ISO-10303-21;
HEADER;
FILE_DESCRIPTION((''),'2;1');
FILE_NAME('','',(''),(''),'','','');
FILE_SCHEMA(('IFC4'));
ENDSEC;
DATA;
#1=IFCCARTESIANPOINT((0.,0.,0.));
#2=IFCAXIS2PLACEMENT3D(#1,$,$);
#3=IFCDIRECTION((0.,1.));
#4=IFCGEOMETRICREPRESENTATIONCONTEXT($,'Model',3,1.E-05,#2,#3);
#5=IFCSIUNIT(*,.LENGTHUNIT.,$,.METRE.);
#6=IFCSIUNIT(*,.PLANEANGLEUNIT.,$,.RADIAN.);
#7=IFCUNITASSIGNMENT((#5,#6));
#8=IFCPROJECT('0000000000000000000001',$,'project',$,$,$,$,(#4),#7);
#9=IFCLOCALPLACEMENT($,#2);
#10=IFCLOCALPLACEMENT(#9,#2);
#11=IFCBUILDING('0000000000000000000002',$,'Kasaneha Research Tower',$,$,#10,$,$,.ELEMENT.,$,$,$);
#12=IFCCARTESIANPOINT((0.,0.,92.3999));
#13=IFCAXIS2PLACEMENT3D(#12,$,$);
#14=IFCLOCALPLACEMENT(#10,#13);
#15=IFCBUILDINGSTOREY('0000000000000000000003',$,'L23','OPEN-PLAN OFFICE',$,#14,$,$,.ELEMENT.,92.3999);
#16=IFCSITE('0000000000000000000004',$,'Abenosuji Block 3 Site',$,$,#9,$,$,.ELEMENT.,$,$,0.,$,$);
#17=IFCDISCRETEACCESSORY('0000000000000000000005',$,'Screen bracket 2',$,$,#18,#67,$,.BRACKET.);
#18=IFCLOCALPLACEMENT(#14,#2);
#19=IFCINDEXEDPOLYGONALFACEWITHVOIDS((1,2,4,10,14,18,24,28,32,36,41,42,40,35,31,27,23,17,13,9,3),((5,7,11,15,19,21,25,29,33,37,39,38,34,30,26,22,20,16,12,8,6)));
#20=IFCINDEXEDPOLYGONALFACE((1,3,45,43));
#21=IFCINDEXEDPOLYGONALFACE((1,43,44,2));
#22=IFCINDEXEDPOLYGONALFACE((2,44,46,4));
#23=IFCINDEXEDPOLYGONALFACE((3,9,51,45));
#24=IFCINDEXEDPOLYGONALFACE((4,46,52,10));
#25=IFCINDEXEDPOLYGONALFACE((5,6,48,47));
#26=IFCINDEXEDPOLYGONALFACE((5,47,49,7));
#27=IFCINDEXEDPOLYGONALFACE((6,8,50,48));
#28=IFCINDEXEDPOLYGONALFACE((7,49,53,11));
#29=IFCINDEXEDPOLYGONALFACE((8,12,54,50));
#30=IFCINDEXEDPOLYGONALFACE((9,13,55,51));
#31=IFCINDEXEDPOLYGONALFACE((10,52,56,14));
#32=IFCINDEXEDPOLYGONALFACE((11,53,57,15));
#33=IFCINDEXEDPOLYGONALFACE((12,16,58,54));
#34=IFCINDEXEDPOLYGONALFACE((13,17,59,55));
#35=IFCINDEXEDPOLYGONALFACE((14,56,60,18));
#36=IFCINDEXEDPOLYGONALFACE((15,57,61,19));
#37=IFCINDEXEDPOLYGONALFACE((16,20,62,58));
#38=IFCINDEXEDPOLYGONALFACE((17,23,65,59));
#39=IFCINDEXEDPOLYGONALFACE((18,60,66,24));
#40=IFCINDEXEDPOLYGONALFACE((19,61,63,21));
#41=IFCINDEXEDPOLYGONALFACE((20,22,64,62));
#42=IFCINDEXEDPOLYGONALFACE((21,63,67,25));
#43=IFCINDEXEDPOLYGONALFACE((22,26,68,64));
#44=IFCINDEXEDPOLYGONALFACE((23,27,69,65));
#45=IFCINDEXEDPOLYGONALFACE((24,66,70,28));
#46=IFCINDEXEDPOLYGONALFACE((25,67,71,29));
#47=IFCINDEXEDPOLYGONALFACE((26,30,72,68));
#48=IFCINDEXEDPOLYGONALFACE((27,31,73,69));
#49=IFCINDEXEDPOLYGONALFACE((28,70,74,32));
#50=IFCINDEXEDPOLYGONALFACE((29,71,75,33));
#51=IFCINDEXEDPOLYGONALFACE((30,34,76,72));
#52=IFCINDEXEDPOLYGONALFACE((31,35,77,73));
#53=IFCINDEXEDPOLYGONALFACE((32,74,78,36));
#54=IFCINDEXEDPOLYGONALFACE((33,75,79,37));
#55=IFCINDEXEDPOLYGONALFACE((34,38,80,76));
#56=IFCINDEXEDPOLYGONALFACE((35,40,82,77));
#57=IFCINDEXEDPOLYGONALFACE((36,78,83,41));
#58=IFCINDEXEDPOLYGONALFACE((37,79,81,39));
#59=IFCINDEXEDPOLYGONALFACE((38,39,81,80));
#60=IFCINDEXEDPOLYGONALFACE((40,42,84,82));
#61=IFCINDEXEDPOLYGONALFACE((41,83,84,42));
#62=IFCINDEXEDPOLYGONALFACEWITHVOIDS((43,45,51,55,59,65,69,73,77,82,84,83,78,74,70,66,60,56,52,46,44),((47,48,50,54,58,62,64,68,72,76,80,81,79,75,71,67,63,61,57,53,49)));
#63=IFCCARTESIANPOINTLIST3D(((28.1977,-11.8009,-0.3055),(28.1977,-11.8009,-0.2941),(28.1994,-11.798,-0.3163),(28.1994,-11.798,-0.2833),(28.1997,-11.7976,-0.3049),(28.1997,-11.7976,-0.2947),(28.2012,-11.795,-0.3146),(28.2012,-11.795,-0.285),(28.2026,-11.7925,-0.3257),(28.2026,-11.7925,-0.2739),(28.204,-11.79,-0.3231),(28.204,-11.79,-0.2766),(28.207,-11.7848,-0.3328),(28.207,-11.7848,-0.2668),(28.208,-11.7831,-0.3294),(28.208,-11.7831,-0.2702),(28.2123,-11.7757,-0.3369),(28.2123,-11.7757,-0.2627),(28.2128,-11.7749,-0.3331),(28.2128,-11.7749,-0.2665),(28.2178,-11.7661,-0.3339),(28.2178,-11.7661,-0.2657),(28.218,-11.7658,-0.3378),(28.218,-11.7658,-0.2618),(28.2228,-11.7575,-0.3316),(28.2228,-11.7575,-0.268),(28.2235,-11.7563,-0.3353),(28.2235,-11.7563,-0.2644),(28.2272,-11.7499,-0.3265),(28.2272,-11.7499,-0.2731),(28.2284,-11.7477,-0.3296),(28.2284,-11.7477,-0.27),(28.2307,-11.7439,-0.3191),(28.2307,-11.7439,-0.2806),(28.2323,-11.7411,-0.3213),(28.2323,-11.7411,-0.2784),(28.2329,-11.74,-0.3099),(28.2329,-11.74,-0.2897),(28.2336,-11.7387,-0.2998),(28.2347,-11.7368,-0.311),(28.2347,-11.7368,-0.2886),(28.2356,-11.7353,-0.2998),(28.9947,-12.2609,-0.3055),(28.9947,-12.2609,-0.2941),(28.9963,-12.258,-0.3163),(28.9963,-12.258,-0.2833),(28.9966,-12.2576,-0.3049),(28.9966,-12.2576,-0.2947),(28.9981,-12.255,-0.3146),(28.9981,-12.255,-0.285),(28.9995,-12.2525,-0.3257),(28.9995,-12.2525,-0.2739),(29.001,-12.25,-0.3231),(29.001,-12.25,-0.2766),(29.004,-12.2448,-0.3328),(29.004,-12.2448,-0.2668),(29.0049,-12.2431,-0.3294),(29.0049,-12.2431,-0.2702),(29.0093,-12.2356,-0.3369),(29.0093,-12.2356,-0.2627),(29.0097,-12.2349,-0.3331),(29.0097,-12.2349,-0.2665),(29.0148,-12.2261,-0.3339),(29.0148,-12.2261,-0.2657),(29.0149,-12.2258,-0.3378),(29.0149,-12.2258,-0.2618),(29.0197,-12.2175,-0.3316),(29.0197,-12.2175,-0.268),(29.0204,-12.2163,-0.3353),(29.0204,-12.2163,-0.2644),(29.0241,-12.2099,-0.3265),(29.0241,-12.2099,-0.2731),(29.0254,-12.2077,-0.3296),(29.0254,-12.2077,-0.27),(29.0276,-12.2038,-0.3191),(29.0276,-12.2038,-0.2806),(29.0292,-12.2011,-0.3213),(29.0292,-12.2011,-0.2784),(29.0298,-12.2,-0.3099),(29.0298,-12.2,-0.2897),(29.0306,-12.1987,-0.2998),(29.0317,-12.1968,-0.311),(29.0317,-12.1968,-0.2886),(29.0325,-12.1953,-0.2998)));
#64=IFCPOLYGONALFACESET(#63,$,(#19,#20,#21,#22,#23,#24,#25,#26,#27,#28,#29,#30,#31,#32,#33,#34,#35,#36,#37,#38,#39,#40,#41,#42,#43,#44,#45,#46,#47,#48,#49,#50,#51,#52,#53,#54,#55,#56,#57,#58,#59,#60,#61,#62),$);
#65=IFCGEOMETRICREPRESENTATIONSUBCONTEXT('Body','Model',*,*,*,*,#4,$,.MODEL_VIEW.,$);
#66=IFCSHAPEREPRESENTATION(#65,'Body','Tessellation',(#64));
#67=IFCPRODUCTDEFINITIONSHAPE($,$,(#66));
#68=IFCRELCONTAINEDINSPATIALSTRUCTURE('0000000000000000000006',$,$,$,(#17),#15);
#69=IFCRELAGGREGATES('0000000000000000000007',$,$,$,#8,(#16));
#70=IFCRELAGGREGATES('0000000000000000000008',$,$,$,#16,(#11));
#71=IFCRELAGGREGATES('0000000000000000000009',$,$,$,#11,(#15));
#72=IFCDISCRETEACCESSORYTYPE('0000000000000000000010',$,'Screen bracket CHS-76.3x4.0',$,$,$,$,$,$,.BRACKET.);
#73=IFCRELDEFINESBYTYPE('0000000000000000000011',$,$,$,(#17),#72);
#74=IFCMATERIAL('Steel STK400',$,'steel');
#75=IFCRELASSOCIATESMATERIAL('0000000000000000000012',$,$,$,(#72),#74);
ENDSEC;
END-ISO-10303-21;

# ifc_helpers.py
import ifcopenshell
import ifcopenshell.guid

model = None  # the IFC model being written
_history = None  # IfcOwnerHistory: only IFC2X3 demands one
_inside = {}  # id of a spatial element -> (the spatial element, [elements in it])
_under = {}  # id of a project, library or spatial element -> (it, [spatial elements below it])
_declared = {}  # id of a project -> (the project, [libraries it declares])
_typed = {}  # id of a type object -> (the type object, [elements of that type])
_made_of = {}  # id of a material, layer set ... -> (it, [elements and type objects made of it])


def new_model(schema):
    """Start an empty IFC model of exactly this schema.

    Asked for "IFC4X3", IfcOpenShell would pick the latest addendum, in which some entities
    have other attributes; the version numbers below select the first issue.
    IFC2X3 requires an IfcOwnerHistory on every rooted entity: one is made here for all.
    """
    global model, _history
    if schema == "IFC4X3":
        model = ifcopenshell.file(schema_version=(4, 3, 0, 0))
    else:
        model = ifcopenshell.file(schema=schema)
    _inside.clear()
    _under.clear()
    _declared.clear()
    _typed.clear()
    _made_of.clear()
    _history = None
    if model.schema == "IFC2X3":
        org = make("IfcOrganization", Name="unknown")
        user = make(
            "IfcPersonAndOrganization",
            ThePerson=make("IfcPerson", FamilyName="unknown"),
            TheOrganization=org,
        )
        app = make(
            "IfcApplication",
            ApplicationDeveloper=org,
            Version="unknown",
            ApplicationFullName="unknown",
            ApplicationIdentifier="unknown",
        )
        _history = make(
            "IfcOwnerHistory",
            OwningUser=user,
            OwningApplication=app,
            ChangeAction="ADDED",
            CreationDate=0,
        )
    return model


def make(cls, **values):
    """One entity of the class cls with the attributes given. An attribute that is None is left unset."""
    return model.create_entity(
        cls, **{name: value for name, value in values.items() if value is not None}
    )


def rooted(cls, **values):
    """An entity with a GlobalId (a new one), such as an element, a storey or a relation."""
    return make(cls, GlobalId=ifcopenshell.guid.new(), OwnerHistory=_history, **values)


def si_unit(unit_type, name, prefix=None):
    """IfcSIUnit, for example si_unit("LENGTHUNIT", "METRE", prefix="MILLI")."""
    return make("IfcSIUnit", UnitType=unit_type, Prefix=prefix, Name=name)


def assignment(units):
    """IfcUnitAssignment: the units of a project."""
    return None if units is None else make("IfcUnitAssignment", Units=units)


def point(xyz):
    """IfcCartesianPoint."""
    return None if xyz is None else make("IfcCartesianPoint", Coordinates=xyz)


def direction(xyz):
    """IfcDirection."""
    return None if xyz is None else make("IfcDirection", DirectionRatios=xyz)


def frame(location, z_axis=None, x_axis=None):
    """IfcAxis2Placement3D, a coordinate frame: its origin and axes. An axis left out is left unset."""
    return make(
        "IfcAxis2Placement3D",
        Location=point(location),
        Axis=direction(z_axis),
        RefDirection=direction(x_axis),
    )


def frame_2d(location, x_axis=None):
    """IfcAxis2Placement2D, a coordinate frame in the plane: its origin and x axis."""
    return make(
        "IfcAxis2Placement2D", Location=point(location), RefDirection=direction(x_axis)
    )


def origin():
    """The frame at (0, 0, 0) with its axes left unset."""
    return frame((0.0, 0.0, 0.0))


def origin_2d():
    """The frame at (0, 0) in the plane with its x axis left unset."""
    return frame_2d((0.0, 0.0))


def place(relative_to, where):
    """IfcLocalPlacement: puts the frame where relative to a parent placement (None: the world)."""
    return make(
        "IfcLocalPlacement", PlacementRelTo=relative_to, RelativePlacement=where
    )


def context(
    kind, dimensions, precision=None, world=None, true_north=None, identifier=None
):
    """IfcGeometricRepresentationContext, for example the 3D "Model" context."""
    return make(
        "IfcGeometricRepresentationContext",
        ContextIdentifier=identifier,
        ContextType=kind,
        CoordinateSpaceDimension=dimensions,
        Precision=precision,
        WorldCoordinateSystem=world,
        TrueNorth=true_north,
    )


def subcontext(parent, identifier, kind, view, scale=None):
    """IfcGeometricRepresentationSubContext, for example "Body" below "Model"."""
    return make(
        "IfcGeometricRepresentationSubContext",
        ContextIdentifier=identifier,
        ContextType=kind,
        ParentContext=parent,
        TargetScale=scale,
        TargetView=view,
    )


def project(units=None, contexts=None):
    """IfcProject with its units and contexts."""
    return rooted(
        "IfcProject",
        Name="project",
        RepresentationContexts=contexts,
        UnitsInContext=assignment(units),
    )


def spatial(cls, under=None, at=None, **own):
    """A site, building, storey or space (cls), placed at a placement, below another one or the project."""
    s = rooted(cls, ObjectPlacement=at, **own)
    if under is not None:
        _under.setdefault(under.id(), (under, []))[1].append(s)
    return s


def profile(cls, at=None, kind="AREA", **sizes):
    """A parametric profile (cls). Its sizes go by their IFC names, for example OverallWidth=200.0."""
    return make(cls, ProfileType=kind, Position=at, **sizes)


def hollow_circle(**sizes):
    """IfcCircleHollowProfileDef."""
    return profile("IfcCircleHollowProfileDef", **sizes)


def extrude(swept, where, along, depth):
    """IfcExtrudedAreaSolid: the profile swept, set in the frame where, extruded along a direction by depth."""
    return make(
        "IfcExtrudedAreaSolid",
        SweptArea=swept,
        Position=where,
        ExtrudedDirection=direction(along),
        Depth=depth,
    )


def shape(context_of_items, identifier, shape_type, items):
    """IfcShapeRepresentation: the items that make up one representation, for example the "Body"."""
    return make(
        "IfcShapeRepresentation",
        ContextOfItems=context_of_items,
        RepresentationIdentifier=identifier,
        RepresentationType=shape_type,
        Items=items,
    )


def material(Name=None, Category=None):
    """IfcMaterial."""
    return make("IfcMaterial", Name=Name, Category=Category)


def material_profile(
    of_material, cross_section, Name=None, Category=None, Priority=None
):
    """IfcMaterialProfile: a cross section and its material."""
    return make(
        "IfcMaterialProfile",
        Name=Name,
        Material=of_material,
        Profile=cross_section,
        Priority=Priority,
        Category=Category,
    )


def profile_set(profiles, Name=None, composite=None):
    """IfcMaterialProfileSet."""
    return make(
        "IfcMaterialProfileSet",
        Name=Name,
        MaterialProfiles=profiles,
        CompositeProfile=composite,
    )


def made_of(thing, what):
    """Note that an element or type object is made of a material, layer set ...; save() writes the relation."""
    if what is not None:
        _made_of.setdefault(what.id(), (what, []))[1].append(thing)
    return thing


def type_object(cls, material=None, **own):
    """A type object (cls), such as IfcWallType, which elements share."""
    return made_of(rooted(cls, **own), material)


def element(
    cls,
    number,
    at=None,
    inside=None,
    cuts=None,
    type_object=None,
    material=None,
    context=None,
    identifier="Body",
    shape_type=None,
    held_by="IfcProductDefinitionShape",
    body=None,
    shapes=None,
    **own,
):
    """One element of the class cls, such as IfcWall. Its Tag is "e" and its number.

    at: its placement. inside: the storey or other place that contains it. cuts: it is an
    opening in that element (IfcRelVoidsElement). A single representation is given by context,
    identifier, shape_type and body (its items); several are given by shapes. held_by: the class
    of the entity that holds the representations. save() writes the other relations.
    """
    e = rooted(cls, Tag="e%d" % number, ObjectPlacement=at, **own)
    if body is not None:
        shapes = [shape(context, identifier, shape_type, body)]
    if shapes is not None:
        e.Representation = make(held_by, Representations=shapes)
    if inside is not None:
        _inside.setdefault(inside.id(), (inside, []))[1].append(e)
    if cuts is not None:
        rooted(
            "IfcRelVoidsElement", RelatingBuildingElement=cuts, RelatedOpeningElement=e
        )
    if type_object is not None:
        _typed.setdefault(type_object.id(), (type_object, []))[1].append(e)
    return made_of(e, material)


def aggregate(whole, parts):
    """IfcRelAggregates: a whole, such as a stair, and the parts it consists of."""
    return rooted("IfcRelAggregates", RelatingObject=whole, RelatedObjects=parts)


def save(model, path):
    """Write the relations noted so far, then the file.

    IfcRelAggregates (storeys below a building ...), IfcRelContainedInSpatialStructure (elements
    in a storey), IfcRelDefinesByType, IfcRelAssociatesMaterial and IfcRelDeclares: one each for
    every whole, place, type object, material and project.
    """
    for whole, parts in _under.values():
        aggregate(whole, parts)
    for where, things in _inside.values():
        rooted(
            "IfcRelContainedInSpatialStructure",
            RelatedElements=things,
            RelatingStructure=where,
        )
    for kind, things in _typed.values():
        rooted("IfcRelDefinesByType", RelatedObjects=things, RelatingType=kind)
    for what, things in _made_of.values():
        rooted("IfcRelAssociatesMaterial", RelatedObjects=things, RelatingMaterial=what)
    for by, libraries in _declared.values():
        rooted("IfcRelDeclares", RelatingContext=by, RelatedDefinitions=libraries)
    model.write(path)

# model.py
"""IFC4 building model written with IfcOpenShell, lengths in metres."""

from ifc_helpers import new_model, si_unit, direction, frame, origin, origin_2d, place, context, subcontext, project, spatial, hollow_circle, extrude, material, material_profile, profile_set, type_object, element, save


model = new_model("IFC4")

# Units and contexts
model_context = context("Model", 3, precision=1e-05, world=origin(), true_north=direction((0.0, 1.0)))
body_context = subcontext(model_context, "Body", "Model", "MODEL_VIEW")
ifc_project = project(units=[si_unit("LENGTHUNIT", "METRE"), si_unit("PLANEANGLEUNIT", "RADIAN")], contexts=[model_context])

# Site, building, storey
site_placement = place(None, origin())
site = spatial("IfcSite", under=ifc_project, at=site_placement, Name="Abenosuji Block 3 Site", CompositionType="ELEMENT", RefElevation=0.0)
building_placement = place(site_placement, origin())
building = spatial("IfcBuilding", under=site, at=building_placement, Name="Kasaneha Research Tower", CompositionType="ELEMENT")
storey_placement = place(building_placement, frame((0.0, 0.0, 92.3999)))
storey = spatial("IfcBuildingStorey", under=building, at=storey_placement, Name="L23", Description="OPEN-PLAN OFFICE", CompositionType="ELEMENT", Elevation=92.3999)

# Discrete accessory
ifc_material_1 = material(Name="Steel STK400", Category="steel")
ifc_material_profile_1 = material_profile(ifc_material_1, hollow_circle(Radius=0.0381, WallThickness=0.0039, at=origin_2d()), Name="CHS-76.3x4.0")
ifc_profile_set_1 = profile_set([ifc_material_profile_1], Name="Steel STK400")
discrete_accessory_type = type_object("IfcDiscreteAccessoryType", Name="Screen bracket CHS-76.3x4.0", PredefinedType="BRACKET", material=ifc_profile_set_1)
for number, where, z_axis, x_axis, name in (
    (1, (28.2166, -11.7683, -0.2998), (0.86608, -0.499906, 0.0), (0.499906, 0.86608, 0.0), "Screen bracket 2"),
):
    element("IfcDiscreteAccessory", number, at=place(storey_placement, frame(where, z_axis=z_axis, x_axis=x_axis)), inside=storey, type_object=discrete_accessory_type, Name=name, PredefinedType="BRACKET", context=body_context, shape_type="SweptSolid", body=[
        extrude(hollow_circle(Radius=0.0381, WallThickness=0.0039, at=origin_2d()), origin(), (0.0, 0.0, 1.0), 0.9202),
    ])

save(model, "model.ifc")
